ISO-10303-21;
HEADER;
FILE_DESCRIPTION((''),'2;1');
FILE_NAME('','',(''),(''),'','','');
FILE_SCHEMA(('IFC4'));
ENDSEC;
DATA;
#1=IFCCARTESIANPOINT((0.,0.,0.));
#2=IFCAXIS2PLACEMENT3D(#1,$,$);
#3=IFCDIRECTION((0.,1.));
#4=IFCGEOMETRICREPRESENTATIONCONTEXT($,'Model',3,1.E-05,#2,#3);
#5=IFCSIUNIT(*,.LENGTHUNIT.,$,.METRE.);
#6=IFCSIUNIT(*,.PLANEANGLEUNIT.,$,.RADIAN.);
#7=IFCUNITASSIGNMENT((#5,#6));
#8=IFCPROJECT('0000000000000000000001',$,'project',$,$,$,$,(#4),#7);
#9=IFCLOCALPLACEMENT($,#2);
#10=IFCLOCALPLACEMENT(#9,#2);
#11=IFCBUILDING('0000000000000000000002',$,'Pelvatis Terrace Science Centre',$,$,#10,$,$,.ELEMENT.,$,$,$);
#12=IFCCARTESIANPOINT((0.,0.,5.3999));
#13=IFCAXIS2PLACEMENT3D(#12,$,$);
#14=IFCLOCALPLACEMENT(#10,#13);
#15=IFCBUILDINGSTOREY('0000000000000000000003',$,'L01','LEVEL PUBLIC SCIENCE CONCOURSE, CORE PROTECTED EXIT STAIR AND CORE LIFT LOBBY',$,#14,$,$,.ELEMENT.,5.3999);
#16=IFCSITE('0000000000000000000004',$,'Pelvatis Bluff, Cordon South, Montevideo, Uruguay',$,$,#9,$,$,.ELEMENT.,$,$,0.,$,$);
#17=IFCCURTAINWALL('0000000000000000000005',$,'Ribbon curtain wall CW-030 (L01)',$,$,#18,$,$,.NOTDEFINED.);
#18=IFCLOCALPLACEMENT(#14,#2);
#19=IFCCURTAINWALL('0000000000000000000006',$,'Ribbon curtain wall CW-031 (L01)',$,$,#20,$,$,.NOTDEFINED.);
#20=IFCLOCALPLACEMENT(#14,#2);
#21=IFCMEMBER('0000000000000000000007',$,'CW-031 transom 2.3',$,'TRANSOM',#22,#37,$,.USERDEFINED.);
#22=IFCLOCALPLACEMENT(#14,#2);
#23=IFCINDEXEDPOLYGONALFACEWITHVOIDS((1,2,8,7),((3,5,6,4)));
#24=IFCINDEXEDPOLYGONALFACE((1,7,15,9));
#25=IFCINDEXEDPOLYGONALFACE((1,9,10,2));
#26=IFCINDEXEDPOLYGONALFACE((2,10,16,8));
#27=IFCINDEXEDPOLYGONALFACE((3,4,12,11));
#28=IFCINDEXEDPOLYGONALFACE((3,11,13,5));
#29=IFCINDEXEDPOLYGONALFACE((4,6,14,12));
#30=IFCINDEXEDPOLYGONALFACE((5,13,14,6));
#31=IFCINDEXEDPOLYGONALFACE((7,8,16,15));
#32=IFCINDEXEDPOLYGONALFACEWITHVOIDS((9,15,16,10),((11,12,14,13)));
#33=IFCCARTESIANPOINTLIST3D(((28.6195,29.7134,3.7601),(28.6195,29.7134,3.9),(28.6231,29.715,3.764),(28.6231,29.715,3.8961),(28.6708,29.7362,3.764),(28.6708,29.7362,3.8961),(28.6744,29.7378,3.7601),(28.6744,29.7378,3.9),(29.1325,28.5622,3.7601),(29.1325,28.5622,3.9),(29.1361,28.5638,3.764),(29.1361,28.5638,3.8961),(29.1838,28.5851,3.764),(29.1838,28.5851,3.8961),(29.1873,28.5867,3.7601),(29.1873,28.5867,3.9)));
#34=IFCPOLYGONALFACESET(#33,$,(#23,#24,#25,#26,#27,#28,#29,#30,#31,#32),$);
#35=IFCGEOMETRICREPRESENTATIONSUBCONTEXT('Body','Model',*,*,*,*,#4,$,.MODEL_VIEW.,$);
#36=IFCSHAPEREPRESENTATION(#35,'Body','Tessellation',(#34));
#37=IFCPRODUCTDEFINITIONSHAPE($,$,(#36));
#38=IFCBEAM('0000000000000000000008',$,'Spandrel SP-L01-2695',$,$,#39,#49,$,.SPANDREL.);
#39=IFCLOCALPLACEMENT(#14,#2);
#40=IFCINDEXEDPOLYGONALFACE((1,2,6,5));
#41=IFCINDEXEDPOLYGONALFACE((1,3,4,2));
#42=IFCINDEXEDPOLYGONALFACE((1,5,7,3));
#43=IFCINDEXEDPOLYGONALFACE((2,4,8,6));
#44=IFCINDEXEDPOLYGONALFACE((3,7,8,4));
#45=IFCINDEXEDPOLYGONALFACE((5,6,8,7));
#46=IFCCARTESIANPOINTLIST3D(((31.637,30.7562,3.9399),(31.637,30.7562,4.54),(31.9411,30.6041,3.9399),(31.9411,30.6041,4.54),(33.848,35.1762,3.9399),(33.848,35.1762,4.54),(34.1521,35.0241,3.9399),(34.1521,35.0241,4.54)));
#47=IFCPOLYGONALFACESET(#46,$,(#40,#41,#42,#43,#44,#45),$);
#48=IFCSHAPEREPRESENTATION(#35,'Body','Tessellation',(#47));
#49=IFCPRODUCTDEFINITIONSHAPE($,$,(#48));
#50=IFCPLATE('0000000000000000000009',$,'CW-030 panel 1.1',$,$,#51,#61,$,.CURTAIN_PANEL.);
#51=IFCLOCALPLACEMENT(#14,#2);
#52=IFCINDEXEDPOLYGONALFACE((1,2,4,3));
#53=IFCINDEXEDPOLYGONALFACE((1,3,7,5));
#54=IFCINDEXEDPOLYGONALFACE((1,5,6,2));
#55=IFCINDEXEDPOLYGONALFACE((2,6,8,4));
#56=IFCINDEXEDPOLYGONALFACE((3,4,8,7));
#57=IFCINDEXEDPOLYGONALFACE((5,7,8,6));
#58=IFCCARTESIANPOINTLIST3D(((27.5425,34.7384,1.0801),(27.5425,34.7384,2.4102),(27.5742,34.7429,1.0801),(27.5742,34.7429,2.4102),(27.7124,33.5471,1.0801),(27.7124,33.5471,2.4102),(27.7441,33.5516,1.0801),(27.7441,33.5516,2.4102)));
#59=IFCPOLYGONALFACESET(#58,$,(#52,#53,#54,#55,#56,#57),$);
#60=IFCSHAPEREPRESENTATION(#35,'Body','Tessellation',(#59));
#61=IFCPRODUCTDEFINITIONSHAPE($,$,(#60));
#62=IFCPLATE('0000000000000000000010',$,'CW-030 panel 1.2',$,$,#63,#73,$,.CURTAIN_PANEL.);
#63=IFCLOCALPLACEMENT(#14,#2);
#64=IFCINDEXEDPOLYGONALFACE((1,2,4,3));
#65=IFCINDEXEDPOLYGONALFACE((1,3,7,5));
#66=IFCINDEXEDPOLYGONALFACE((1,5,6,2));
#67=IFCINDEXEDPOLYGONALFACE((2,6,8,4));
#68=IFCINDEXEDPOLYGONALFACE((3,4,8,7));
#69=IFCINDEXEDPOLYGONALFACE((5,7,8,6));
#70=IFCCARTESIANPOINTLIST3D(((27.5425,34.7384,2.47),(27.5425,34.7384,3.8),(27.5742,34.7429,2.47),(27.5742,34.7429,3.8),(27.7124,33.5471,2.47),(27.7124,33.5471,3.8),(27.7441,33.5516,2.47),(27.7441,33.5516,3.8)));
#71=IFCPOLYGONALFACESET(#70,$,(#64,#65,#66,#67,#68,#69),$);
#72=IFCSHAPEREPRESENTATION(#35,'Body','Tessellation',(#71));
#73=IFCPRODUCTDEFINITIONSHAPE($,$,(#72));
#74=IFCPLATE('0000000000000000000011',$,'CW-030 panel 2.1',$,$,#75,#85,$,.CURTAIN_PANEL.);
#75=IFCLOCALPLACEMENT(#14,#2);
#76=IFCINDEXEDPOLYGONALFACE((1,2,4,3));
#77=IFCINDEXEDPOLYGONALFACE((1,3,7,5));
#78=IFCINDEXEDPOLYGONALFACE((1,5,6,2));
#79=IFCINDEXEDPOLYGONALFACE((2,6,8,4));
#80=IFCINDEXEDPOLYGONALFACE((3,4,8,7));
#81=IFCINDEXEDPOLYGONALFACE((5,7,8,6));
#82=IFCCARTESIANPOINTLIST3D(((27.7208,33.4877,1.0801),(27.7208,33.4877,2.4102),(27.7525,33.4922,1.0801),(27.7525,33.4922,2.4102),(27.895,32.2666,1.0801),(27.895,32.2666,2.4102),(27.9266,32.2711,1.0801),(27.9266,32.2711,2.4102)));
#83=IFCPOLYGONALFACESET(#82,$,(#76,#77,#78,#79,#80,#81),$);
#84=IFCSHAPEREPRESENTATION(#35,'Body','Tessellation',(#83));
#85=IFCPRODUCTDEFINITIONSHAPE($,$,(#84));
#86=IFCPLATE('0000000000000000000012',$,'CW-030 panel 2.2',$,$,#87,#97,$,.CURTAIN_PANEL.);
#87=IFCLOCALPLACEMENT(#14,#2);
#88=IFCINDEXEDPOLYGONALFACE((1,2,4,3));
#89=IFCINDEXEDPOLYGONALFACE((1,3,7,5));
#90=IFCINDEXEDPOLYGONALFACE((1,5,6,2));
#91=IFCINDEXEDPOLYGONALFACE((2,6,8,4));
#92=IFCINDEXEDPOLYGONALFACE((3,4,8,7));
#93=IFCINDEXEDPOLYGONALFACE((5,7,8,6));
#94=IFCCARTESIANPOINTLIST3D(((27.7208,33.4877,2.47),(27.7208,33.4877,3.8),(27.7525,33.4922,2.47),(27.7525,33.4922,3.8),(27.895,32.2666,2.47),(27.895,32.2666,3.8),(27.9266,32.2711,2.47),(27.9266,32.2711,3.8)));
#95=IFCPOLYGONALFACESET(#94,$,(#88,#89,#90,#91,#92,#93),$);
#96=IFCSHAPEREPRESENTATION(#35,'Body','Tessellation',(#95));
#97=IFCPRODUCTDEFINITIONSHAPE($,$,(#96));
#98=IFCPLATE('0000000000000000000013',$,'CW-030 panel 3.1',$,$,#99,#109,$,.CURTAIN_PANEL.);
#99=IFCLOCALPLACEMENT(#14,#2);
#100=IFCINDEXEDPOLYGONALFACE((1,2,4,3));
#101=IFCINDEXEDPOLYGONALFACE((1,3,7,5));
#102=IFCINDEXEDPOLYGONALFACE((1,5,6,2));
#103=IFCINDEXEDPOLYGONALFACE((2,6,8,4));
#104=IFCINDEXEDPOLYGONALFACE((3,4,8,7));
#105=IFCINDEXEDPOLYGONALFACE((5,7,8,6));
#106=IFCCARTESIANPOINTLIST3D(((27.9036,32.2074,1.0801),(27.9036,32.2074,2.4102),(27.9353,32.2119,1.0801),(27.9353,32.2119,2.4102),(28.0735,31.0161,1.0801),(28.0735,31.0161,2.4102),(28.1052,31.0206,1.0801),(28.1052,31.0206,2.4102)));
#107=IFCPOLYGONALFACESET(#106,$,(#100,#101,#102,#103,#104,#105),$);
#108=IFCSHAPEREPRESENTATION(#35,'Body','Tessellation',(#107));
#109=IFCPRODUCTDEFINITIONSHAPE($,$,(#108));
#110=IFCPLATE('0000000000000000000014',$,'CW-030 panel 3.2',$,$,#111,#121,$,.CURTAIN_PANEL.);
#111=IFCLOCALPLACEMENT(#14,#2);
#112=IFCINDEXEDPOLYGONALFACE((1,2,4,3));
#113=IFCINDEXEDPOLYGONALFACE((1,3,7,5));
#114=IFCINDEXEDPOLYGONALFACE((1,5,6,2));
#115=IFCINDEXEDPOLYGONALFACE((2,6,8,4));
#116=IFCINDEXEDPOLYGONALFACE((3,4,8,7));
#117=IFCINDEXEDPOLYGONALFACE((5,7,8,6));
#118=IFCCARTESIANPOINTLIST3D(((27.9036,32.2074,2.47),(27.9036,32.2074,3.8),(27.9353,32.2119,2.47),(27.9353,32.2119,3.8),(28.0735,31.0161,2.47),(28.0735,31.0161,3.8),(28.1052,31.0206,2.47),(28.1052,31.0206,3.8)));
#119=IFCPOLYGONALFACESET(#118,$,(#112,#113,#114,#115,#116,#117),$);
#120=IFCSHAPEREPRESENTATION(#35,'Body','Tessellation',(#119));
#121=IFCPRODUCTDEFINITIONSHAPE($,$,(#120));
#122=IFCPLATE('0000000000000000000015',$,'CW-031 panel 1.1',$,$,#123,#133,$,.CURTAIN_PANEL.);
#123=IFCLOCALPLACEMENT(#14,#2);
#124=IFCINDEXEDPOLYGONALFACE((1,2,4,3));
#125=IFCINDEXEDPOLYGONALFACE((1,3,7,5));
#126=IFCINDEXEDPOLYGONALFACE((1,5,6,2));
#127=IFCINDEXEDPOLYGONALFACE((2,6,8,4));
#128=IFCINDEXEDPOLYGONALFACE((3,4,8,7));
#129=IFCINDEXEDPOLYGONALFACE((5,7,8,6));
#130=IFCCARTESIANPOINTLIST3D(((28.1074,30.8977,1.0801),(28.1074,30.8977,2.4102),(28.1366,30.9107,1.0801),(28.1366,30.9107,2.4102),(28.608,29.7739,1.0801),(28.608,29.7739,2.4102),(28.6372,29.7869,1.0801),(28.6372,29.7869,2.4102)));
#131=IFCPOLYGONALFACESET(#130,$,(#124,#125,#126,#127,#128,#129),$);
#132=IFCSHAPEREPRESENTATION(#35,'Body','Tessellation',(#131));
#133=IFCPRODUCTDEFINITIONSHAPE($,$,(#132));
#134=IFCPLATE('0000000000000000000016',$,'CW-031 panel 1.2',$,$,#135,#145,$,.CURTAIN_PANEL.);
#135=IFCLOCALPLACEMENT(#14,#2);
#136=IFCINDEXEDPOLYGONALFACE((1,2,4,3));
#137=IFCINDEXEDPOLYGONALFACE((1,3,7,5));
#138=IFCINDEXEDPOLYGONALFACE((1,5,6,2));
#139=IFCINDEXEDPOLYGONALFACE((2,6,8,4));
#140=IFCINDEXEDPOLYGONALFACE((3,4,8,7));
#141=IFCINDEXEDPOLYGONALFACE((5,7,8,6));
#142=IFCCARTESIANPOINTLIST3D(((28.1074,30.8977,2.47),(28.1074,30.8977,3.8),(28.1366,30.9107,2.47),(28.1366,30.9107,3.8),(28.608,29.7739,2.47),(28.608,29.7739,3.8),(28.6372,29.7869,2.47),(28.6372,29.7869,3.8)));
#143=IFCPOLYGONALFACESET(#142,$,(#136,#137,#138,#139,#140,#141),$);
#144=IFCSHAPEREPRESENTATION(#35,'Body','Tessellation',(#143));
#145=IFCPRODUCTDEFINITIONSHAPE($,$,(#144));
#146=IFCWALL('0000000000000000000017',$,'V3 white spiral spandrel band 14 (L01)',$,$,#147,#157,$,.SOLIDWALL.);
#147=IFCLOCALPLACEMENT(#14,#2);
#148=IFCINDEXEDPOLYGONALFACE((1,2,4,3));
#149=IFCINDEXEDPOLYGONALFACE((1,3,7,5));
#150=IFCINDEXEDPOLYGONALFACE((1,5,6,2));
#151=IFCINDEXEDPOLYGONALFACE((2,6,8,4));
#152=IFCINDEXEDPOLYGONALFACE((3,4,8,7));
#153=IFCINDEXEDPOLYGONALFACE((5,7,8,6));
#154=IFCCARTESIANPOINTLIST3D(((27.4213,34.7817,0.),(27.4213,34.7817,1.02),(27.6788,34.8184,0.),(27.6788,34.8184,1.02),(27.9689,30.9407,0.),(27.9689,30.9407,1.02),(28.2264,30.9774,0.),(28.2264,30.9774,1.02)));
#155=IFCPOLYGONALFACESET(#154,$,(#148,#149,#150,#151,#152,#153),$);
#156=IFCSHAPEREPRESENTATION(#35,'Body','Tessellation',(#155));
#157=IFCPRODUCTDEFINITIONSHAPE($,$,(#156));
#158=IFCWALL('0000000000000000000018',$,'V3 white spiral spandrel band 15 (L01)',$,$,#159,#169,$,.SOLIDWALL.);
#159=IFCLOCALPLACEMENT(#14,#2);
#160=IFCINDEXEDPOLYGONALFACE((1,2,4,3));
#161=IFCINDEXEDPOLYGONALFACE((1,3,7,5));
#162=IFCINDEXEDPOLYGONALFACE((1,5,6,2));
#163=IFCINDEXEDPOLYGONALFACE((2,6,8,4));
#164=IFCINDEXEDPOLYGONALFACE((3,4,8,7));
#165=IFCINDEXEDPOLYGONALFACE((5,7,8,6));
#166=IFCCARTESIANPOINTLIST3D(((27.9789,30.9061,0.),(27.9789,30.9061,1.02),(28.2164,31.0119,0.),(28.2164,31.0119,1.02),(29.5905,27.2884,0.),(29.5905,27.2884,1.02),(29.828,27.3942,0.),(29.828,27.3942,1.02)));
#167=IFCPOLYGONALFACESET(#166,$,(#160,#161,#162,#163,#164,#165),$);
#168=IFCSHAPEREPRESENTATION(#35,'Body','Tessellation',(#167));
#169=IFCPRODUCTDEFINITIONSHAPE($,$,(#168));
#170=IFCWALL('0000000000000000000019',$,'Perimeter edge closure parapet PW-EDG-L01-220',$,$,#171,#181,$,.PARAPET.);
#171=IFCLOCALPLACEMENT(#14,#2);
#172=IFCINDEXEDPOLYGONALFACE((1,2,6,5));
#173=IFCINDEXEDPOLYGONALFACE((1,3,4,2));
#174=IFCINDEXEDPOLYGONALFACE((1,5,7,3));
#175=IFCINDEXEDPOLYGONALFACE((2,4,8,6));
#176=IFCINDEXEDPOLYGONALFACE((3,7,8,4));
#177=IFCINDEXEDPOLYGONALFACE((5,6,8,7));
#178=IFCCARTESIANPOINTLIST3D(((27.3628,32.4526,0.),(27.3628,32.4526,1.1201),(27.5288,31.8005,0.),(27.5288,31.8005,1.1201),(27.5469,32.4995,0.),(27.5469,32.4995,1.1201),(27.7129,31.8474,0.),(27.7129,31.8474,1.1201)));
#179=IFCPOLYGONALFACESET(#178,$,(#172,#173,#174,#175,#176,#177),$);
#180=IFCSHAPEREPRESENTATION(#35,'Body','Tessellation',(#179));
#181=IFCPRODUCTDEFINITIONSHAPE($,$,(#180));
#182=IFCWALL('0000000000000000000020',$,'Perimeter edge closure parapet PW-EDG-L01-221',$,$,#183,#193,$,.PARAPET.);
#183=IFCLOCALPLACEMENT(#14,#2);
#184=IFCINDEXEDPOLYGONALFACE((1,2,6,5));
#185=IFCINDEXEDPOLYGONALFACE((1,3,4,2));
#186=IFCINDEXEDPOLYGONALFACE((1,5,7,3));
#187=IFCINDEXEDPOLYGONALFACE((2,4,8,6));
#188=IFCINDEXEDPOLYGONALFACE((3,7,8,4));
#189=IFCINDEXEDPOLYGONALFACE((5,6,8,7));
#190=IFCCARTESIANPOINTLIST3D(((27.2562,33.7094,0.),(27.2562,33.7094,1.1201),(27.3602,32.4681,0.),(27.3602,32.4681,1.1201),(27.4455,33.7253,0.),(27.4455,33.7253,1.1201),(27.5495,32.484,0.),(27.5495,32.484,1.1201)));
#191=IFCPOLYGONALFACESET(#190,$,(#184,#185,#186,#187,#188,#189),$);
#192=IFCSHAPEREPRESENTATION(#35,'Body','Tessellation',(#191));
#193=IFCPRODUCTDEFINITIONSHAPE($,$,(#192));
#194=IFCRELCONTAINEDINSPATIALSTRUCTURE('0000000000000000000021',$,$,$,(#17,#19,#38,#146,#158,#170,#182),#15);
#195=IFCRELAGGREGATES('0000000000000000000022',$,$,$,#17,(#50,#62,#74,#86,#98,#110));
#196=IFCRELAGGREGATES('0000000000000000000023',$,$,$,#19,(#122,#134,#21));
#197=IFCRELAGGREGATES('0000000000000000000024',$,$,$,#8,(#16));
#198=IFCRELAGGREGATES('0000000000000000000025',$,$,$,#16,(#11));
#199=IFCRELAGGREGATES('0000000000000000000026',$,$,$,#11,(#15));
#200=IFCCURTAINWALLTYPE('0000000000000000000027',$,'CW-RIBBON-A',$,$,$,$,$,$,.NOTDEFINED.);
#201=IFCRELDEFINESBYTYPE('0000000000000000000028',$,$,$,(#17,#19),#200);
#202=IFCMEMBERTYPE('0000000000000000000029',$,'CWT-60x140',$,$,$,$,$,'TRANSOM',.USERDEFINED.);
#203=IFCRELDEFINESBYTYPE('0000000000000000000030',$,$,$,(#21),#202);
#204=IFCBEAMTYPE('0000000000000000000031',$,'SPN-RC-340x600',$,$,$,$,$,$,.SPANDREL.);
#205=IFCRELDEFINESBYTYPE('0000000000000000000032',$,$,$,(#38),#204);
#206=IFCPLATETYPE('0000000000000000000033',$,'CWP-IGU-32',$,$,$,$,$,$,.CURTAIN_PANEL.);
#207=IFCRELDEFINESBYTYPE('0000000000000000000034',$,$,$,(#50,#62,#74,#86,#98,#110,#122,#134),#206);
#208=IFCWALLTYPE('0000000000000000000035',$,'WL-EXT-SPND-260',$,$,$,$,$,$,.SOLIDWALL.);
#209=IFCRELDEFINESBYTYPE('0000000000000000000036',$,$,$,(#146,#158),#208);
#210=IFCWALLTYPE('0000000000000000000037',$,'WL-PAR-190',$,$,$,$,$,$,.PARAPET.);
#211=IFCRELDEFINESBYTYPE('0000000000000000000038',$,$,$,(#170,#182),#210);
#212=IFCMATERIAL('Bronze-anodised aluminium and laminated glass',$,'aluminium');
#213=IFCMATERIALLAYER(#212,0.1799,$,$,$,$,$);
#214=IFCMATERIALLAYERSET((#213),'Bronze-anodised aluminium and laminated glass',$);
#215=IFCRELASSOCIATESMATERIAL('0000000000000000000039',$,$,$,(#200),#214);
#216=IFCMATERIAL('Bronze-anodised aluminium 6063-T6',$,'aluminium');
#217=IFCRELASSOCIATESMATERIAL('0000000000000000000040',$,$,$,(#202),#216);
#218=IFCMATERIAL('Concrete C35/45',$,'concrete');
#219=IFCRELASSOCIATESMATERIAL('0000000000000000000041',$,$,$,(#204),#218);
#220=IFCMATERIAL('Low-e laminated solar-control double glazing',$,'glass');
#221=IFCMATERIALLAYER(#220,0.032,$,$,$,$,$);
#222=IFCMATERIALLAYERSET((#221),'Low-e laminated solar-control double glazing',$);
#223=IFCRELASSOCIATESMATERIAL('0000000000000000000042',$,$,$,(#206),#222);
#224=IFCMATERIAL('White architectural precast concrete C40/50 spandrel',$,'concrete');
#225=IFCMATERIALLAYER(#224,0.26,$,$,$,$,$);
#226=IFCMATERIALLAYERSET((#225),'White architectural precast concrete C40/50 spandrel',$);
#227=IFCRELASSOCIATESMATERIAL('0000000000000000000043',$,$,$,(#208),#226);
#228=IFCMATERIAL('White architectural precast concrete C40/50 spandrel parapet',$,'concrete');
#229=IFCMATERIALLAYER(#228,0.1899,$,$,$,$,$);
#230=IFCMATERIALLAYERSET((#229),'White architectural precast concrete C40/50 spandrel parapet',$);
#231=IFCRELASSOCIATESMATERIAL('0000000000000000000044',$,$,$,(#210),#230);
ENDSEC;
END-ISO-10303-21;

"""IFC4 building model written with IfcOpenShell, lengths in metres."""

from ifc_helpers import new_model, si_unit, direction, frame, frame_2d, origin, origin_2d, place, context, subcontext, project, spatial, rectangle, hollow_rectangle, extrude, material, layer, layer_set, material_profile, profile_set, type_object, element, aggregate, save


model = new_model("IFC4")

# Units and contexts
model_context = context("Model", 3, precision=1e-05, world=origin(), true_north=direction((0.0, 1.0)))
body_context = subcontext(model_context, "Body", "Model", "MODEL_VIEW")
ifc_project = project(units=[si_unit("LENGTHUNIT", "METRE"), si_unit("PLANEANGLEUNIT", "RADIAN")], contexts=[model_context])

# Site, building, storey
site_placement = place(None, origin())
site = spatial("IfcSite", under=ifc_project, at=site_placement, Name="Pelvatis Bluff, Cordon South, Montevideo, Uruguay", CompositionType="ELEMENT", RefElevation=0.0)
building_placement = place(site_placement, origin())
building = spatial("IfcBuilding", under=site, at=building_placement, Name="Pelvatis Terrace Science Centre", CompositionType="ELEMENT")
storey_placement = place(building_placement, frame((0.0, 0.0, 5.3999)))
storey = spatial("IfcBuildingStorey", under=building, at=storey_placement, Name="L01", Description="LEVEL PUBLIC SCIENCE CONCOURSE, CORE PROTECTED EXIT STAIR AND CORE LIFT LOBBY", CompositionType="ELEMENT", Elevation=5.3999)

# Shared definitions
ifc_material_1 = material(Name="Bronze-anodised aluminium and laminated glass", Category="aluminium")
ifc_layer_1 = layer(ifc_material_1, 0.1799)
ifc_layer_set_1 = layer_set([ifc_layer_1], Name="Bronze-anodised aluminium and laminated glass")
curtain_wall_type = type_object("IfcCurtainWallType", Name="CW-RIBBON-A", PredefinedType="NOTDEFINED", material=ifc_layer_set_1)

# Curtain walls
curtain_wall_1_placement = place(storey_placement, origin())
curtain_wall_1 = element("IfcCurtainWall", 1, at=curtain_wall_1_placement, inside=storey, type_object=curtain_wall_type, Name="Ribbon curtain wall CW-030 (L01)", PredefinedType="NOTDEFINED")
curtain_wall_2_placement = place(storey_placement, origin())
curtain_wall_2 = element("IfcCurtainWall", 2, at=curtain_wall_2_placement, inside=storey, type_object=curtain_wall_type, Name="Ribbon curtain wall CW-031 (L01)", PredefinedType="NOTDEFINED")

# Member
ifc_material_2 = material(Name="Bronze-anodised aluminium 6063-T6", Category="aluminium")
ifc_material_profile_1 = material_profile(ifc_material_2, hollow_rectangle(XDim=0.0601, YDim=0.1399, WallThickness=0.0039, at=origin_2d()), Name="ALU-TRN 60x140")
ifc_profile_set_1 = profile_set([ifc_material_profile_1], Name="Bronze-anodised aluminium 6063-T6")
member_type_1 = type_object("IfcMemberType", Name="CWT-60x140", ElementType="TRANSOM", PredefinedType="USERDEFINED", material=ifc_profile_set_1)
member_1_placement = place(storey_placement, frame((28.647, 29.7256, 3.8301), z_axis=(0.407019, -0.91342, 0.0), x_axis=(0.91342, 0.407019, 0.0)))
member_1 = element("IfcMember", 3, at=member_1_placement, type_object=member_type_1, Name="CW-031 transom 2.3", ObjectType="TRANSOM", PredefinedType="USERDEFINED", context=body_context, shape_type="SweptSolid", body=[
    extrude(hollow_rectangle(XDim=0.0601, YDim=0.1399, WallThickness=0.0039, at=origin_2d()), origin(), (0.0, 0.0, 1.0), 1.2603),
])

# Beam
ifc_material_3 = material(Name="Concrete C35/45", Category="concrete")
ifc_material_profile_2 = material_profile(ifc_material_3, rectangle(XDim=0.3401, YDim=0.6001, at=origin_2d()), Name="RC-SPN 340x600")
ifc_profile_set_2 = profile_set([ifc_material_profile_2], Name="Concrete C35/45")
beam_type = type_object("IfcBeamType", Name="SPN-RC-340x600", PredefinedType="SPANDREL", material=ifc_profile_set_2)
beam_placement = place(storey_placement, frame((31.7891, 30.6802, 4.24), z_axis=(0.447372, 0.894348, 0.0), x_axis=(-0.894348, 0.447372, 0.0)))
element("IfcBeam", 4, at=beam_placement, inside=storey, type_object=beam_type, Name="Spandrel SP-L01-2695", PredefinedType="SPANDREL", context=body_context, shape_type="SweptSolid", body=[
    extrude(rectangle(XDim=0.3401, YDim=0.6001, at=origin_2d()), origin(), (0.0, 0.0, 1.0), 4.9421),
])

# Plates
ifc_material_4 = material(Name="Low-e laminated solar-control double glazing", Category="glass")
ifc_layer_2 = layer(ifc_material_4, 0.032)
ifc_layer_set_2 = layer_set([ifc_layer_2], Name="Low-e laminated solar-control double glazing")
plate_type = type_object("IfcPlateType", Name="CWP-IGU-32", PredefinedType="CURTAIN_PANEL", material=ifc_layer_set_2)
plate_1_placement = place(storey_placement, frame((27.6433, 34.145, 1.0801), z_axis=(0.0, 0.0, 1.0), x_axis=(0.141165, -0.989986, 0.0)))
plate_1 = element("IfcPlate", 5, at=plate_1_placement, type_object=plate_type, Name="CW-030 panel 1.1", PredefinedType="CURTAIN_PANEL", context=body_context, shape_type="SweptSolid", body=[
    extrude(rectangle(XDim=1.2034, YDim=0.032, at=origin_2d()), origin(), (0.0, 0.0, 1.0), 1.3301),
])
plate_2_placement = place(storey_placement, frame((27.6433, 34.145, 2.47), z_axis=(0.0, 0.0, 1.0), x_axis=(0.141165, -0.989986, 0.0)))
plate_2 = element("IfcPlate", 6, at=plate_2_placement, type_object=plate_type, Name="CW-030 panel 1.2", PredefinedType="CURTAIN_PANEL", context=body_context, shape_type="SweptSolid", body=[
    extrude(rectangle(XDim=1.2034, YDim=0.032, at=origin_2d()), origin(), (0.0, 0.0, 1.0), 1.3301),
])
plate_3_placement = place(storey_placement, frame((27.8237, 32.8794, 1.0801), z_axis=(0.0, 0.0, 1.0), x_axis=(0.141165, -0.989986, 0.0)))
plate_3 = element("IfcPlate", 7, at=plate_3_placement, type_object=plate_type, Name="CW-030 panel 2.1", PredefinedType="CURTAIN_PANEL", context=body_context, shape_type="SweptSolid", body=[
    extrude(rectangle(XDim=1.2334, YDim=0.032, at=origin_2d()), origin(), (0.0, 0.0, 1.0), 1.3301),
])
plate_4_placement = place(storey_placement, frame((27.8237, 32.8794, 2.47), z_axis=(0.0, 0.0, 1.0), x_axis=(0.141165, -0.989986, 0.0)))
plate_4 = element("IfcPlate", 8, at=plate_4_placement, type_object=plate_type, Name="CW-030 panel 2.2", PredefinedType="CURTAIN_PANEL", context=body_context, shape_type="SweptSolid", body=[
    extrude(rectangle(XDim=1.2334, YDim=0.032, at=origin_2d()), origin(), (0.0, 0.0, 1.0), 1.3301),
])
plate_5_placement = place(storey_placement, frame((28.0044, 31.614, 1.0801), z_axis=(0.0, 0.0, 1.0), x_axis=(0.141165, -0.989986, 0.0)))
plate_5 = element("IfcPlate", 9, at=plate_5_placement, type_object=plate_type, Name="CW-030 panel 3.1", PredefinedType="CURTAIN_PANEL", context=body_context, shape_type="SweptSolid", body=[
    extrude(rectangle(XDim=1.2034, YDim=0.032, at=origin_2d()), origin(), (0.0, 0.0, 1.0), 1.3301),
])
plate_6_placement = place(storey_placement, frame((28.0044, 31.614, 2.47), z_axis=(0.0, 0.0, 1.0), x_axis=(0.141165, -0.989986, 0.0)))
plate_6 = element("IfcPlate", 10, at=plate_6_placement, type_object=plate_type, Name="CW-030 panel 3.2", PredefinedType="CURTAIN_PANEL", context=body_context, shape_type="SweptSolid", body=[
    extrude(rectangle(XDim=1.2034, YDim=0.032, at=origin_2d()), origin(), (0.0, 0.0, 1.0), 1.3301),
])
aggregate(curtain_wall_1, [plate_1, plate_2, plate_3, plate_4, plate_5, plate_6])
plate_7_placement = place(storey_placement, frame((28.3723, 30.3423, 1.0801), z_axis=(0.0, 0.0, 1.0), x_axis=(0.406895, -0.913475, 0.0)))
plate_7 = element("IfcPlate", 11, at=plate_7_placement, type_object=plate_type, Name="CW-031 panel 1.1", PredefinedType="CURTAIN_PANEL", context=body_context, shape_type="SweptSolid", body=[
    extrude(rectangle(XDim=1.2302, YDim=0.032, at=origin_2d()), origin(), (0.0, 0.0, 1.0), 1.3301),
])
plate_8_placement = place(storey_placement, frame((28.3723, 30.3423, 2.47), z_axis=(0.0, 0.0, 1.0), x_axis=(0.406895, -0.913475, 0.0)))
plate_8 = element("IfcPlate", 12, at=plate_8_placement, type_object=plate_type, Name="CW-031 panel 1.2", PredefinedType="CURTAIN_PANEL", context=body_context, shape_type="SweptSolid", body=[
    extrude(rectangle(XDim=1.2302, YDim=0.032, at=origin_2d()), origin(), (0.0, 0.0, 1.0), 1.3301),
])
aggregate(curtain_wall_2, [plate_7, plate_8, member_1])

# Walls
ifc_material_5 = material(Name="White architectural precast concrete C40/50 spandrel", Category="concrete")
ifc_layer_3 = layer(ifc_material_5, 0.26)
ifc_layer_set_3 = layer_set([ifc_layer_3], Name="White architectural precast concrete C40/50 spandrel")
wall_type_1 = type_object("IfcWallType", Name="WL-EXT-SPND-260", PredefinedType="SOLIDWALL", material=ifc_layer_set_3)
wall_1_placement = place(storey_placement, frame((27.55, 34.8, 0.0), z_axis=(0.0, 0.0, 1.0), x_axis=(0.141139, -0.98999, 0.0)))
element("IfcWall", 13, at=wall_1_placement, inside=storey, type_object=wall_type_1, Name="V3 white spiral spandrel band 14 (L01)", PredefinedType="SOLIDWALL", context=body_context, shape_type="SweptSolid", body=[
    extrude(rectangle(XDim=3.8799, YDim=0.26, at=frame_2d((1.9399, 0.0))), origin(), (0.0, 0.0, 1.0), 1.02),
])
wall_2_placement = place(storey_placement, frame((28.0977, 30.959, 0.0), z_axis=(0.0, 0.0, 1.0), x_axis=(0.406922, -0.913463, 0.0)))
element("IfcWall", 14, at=wall_2_placement, inside=storey, type_object=wall_type_1, Name="V3 white spiral spandrel band 15 (L01)", PredefinedType="SOLIDWALL", context=body_context, shape_type="SweptSolid", body=[
    extrude(rectangle(XDim=3.9604, YDim=0.26, at=frame_2d((1.9802, 0.0))), origin(), (0.0, 0.0, 1.0), 1.02),
])
ifc_material_6 = material(Name="White architectural precast concrete C40/50 spandrel parapet", Category="concrete")
ifc_layer_4 = layer(ifc_material_6, 0.1899)
ifc_layer_set_4 = layer_set([ifc_layer_4], Name="White architectural precast concrete C40/50 spandrel parapet")
wall_type_2 = type_object("IfcWallType", Name="WL-PAR-190", PredefinedType="PARAPET", material=ifc_layer_set_4)
wall_3_placement = place(storey_placement, frame((27.6208, 31.824, 0.0), z_axis=(0.0, 0.0, 1.0), x_axis=(-0.246716, 0.969088, 0.0)))
element("IfcWall", 15, at=wall_3_placement, inside=storey, type_object=wall_type_2, Name="Perimeter edge closure parapet PW-EDG-L01-220", PredefinedType="PARAPET", context=body_context, shape_type="SweptSolid", body=[
    extrude(rectangle(XDim=0.6729, YDim=0.1899, at=frame_2d((0.3364, 0.0))), origin(), (0.0, 0.0, 1.0), 1.1201),
])
wall_4_placement = place(storey_placement, frame((27.4548, 32.4761, 0.0), z_axis=(0.0, 0.0, 1.0), x_axis=(-0.0835, 0.996508, 0.0)))
element("IfcWall", 16, at=wall_4_placement, inside=storey, type_object=wall_type_2, Name="Perimeter edge closure parapet PW-EDG-L01-221", PredefinedType="PARAPET", context=body_context, shape_type="SweptSolid", body=[
    extrude(rectangle(XDim=1.2456, YDim=0.1899, at=frame_2d((0.6228, 0.0))), origin(), (0.0, 0.0, 1.0), 1.1201),
])

save(model, "model.ifc")
